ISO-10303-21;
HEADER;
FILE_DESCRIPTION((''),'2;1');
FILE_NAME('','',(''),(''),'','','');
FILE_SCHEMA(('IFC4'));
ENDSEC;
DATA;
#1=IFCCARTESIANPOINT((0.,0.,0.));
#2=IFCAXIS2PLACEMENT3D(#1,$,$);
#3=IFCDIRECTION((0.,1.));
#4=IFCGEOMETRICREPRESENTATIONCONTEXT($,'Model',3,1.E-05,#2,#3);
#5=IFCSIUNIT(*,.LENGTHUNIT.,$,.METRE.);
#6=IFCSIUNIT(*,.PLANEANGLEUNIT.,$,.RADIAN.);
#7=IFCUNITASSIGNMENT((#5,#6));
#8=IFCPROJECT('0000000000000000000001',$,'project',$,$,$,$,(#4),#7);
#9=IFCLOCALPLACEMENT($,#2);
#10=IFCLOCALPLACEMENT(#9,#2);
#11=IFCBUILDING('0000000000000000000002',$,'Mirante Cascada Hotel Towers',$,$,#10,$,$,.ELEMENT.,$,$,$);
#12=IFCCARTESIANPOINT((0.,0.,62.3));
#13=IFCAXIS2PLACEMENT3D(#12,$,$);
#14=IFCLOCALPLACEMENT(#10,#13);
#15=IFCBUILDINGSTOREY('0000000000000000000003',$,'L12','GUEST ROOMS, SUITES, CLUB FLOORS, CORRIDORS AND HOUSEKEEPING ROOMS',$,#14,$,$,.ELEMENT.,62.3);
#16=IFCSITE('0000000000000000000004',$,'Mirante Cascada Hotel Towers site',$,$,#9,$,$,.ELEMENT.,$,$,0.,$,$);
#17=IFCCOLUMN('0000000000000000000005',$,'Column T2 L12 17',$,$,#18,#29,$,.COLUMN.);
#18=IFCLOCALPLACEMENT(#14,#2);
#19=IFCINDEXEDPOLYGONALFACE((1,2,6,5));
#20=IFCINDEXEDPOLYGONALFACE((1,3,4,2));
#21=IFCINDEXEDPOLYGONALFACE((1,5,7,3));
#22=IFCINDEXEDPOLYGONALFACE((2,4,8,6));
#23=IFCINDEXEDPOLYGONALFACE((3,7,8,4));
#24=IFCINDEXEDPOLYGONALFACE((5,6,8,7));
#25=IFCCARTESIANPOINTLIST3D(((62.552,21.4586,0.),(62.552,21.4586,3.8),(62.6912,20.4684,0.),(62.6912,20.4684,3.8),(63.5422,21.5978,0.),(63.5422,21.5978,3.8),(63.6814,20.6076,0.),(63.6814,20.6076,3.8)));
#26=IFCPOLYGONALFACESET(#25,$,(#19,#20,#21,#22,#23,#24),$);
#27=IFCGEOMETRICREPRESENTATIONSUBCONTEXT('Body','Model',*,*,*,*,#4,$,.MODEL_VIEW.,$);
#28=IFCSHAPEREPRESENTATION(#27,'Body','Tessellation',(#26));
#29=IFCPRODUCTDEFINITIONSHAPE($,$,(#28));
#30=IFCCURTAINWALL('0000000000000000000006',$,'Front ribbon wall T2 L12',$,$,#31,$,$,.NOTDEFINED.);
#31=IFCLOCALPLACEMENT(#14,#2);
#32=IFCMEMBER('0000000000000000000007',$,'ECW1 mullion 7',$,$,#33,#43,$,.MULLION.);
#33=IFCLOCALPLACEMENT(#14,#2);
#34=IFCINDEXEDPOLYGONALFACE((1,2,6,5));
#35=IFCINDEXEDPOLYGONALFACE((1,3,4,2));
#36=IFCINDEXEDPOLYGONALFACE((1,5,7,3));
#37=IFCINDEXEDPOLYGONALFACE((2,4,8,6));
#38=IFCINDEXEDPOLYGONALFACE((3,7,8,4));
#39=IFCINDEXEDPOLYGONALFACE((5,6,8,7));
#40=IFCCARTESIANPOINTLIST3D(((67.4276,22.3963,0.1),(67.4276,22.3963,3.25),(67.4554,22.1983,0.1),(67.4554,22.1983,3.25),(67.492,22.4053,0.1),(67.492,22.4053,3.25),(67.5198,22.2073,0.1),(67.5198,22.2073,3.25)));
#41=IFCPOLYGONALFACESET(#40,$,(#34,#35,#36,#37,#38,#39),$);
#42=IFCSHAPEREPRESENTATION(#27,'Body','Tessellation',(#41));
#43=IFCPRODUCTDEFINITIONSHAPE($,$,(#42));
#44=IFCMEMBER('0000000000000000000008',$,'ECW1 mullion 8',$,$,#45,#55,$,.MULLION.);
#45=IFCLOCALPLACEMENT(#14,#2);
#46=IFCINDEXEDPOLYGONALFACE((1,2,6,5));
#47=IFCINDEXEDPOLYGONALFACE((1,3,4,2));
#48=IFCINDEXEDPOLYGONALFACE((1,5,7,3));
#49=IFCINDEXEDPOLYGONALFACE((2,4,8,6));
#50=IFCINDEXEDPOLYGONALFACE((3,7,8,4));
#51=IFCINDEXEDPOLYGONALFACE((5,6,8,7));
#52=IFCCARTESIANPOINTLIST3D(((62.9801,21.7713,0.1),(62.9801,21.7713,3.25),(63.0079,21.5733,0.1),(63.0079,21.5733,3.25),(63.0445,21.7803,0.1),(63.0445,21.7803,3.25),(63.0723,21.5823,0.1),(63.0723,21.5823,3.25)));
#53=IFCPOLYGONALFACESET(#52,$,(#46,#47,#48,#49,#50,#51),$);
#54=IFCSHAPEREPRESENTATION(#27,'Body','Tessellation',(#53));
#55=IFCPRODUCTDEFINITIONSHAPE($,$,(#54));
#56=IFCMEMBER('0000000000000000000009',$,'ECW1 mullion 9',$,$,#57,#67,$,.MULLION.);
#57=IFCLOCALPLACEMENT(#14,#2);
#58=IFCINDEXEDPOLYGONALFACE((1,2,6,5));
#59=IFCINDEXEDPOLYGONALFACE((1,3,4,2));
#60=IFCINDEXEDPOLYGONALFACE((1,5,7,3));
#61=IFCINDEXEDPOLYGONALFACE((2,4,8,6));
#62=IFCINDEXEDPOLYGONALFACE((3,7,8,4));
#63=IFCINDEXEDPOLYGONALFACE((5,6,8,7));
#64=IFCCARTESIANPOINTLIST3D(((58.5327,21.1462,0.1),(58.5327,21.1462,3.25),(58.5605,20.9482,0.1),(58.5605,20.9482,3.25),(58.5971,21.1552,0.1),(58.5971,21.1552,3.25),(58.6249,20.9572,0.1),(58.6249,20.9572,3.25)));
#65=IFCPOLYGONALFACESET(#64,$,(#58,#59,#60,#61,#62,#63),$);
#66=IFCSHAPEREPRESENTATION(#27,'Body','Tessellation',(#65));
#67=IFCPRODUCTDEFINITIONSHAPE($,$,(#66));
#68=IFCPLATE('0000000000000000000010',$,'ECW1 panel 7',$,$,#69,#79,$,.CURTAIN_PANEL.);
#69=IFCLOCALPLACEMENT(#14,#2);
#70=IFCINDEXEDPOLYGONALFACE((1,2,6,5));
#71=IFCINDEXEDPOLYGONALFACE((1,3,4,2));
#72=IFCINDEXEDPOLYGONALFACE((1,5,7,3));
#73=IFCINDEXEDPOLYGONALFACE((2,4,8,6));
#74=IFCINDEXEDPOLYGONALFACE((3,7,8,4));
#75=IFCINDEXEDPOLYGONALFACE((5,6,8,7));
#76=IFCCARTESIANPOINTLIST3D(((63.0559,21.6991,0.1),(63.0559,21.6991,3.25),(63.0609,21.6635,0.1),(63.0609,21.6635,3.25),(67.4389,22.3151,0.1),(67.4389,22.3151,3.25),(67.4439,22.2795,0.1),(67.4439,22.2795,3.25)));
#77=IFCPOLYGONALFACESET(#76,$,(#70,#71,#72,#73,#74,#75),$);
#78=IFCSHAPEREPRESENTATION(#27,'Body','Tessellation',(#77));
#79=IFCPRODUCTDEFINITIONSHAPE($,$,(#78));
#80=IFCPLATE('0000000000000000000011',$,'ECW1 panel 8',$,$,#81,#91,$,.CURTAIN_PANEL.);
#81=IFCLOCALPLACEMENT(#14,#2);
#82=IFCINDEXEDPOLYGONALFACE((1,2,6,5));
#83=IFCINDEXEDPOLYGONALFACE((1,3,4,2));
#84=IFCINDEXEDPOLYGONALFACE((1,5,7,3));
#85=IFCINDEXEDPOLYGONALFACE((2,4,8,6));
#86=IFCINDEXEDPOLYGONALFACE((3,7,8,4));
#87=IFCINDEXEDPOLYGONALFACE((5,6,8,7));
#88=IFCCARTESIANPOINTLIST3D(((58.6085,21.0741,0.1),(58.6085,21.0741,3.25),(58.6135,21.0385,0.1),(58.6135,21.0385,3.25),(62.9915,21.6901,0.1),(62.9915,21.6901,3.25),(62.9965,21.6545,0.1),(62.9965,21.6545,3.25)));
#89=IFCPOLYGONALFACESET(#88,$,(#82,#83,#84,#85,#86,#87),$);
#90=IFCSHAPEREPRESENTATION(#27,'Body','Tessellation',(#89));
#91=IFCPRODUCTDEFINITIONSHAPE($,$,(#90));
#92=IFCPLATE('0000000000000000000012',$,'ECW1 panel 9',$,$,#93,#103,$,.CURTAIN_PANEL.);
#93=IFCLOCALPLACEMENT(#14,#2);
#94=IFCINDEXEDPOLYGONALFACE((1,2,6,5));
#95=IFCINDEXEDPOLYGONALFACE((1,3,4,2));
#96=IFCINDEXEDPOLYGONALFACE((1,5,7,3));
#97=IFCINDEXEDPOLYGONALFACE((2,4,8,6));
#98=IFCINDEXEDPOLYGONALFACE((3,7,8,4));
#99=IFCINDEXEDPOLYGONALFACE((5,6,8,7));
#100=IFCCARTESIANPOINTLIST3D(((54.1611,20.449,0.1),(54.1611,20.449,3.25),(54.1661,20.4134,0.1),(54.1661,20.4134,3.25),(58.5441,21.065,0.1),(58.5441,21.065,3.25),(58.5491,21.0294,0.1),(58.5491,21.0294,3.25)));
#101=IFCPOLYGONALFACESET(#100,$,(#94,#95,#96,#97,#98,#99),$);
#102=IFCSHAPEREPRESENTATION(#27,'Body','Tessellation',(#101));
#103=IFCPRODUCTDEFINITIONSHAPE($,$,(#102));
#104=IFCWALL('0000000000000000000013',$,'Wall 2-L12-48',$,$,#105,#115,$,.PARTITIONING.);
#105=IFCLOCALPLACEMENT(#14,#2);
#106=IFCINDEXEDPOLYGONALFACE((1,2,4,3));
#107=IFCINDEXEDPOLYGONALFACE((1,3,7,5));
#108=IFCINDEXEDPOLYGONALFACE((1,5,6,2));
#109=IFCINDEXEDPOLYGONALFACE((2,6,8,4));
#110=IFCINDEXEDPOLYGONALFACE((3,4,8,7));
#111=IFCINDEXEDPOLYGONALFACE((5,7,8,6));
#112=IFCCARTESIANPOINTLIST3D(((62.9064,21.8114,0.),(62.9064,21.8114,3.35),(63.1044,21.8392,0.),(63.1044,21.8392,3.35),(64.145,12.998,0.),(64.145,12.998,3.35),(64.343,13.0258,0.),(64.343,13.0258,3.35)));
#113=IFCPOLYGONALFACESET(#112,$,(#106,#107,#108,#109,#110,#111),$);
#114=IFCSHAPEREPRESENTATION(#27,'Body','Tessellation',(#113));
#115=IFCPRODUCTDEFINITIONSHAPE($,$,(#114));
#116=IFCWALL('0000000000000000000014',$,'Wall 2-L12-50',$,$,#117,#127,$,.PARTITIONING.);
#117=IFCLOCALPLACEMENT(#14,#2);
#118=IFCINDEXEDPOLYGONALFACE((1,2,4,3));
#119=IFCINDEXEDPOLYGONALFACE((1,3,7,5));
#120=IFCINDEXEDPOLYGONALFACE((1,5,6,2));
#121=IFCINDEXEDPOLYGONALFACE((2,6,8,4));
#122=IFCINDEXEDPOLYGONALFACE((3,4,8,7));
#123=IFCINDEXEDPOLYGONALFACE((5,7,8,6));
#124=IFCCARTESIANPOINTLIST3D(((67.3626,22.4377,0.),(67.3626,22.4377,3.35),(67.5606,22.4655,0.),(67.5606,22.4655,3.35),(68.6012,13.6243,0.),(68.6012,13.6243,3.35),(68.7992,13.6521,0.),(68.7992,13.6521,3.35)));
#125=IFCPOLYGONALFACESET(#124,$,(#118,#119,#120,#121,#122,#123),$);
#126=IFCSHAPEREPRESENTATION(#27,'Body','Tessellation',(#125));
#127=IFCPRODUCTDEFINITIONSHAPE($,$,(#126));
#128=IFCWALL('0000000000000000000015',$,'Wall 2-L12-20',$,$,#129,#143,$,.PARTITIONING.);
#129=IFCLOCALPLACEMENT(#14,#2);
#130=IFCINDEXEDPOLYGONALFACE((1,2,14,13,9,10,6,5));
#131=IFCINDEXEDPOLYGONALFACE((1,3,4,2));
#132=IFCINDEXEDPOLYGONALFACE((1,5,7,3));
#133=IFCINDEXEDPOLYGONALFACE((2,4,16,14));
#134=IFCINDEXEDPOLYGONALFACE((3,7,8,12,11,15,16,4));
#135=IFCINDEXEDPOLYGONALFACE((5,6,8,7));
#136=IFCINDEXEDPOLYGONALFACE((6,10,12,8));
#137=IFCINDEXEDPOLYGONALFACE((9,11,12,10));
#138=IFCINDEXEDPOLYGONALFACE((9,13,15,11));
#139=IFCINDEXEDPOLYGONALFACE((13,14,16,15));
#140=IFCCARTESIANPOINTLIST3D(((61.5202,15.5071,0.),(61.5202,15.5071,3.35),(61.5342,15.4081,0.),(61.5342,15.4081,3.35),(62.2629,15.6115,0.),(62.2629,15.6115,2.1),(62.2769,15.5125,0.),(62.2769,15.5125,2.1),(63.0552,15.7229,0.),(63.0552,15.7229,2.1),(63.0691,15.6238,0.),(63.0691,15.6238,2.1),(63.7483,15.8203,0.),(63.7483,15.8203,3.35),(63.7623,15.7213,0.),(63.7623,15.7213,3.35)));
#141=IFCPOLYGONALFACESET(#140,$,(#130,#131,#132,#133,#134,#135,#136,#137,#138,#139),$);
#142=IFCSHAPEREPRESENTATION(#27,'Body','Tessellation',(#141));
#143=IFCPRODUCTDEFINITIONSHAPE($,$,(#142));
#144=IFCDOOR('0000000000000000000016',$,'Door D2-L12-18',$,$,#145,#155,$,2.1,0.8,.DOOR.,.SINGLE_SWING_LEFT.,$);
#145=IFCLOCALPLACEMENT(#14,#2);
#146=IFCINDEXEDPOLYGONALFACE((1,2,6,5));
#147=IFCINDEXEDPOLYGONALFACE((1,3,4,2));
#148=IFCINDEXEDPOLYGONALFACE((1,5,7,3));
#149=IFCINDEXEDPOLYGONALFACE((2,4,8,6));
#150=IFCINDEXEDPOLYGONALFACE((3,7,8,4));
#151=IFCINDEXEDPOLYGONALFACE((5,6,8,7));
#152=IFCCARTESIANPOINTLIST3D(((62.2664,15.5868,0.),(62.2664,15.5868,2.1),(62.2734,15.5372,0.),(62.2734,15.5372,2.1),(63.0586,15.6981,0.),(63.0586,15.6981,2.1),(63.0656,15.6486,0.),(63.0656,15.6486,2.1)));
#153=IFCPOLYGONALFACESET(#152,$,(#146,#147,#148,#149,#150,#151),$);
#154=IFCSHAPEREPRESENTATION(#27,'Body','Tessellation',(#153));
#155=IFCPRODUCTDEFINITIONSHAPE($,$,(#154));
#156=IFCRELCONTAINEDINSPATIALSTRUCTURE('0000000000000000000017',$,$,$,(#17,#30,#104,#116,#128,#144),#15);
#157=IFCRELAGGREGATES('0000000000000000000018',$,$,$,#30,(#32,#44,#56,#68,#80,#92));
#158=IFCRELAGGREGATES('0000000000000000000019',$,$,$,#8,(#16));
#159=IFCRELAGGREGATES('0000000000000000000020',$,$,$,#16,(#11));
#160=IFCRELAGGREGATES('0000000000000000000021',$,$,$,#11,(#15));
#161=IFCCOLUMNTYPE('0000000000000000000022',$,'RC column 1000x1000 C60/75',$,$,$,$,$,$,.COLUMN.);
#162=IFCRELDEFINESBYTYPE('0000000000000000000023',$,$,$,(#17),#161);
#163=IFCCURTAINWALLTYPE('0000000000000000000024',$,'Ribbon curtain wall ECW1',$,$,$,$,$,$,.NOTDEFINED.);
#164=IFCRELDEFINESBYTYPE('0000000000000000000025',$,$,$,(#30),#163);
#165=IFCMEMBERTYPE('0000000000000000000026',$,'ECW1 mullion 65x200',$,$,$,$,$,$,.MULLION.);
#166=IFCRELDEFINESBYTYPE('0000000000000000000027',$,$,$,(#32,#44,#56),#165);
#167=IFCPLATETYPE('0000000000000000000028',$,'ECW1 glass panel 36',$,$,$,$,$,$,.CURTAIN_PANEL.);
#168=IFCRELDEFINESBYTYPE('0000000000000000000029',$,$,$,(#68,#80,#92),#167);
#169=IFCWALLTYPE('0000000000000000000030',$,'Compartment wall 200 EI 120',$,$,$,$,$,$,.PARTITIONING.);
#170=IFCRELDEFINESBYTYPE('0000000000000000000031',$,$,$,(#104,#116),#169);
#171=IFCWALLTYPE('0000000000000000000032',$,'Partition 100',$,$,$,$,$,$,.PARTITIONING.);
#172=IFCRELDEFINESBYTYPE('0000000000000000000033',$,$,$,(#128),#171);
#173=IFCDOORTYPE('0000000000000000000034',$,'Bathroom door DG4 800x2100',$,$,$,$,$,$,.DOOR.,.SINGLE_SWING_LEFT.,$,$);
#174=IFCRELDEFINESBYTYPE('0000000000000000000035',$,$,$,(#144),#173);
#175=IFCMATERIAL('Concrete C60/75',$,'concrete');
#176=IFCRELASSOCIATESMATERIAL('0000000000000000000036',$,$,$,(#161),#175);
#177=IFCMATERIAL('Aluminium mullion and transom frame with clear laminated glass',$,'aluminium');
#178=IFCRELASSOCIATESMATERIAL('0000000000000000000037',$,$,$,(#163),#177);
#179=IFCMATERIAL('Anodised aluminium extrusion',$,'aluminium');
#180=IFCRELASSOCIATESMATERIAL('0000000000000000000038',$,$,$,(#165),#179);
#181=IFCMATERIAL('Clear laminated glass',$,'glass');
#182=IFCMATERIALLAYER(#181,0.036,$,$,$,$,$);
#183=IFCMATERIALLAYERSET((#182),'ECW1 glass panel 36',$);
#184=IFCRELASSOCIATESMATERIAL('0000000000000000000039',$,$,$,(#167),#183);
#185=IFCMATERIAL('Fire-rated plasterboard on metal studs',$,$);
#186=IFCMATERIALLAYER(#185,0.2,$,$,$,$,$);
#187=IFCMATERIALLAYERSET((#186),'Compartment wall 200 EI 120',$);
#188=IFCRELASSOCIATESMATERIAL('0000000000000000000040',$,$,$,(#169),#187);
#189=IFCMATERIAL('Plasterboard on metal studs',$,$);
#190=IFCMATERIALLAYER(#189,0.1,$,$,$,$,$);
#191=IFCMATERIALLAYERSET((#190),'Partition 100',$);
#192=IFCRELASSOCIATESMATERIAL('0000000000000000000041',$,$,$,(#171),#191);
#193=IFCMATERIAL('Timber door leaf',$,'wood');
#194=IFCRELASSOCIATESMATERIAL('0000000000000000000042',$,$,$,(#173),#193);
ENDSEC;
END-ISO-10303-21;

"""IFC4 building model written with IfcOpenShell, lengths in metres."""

from ifc_helpers import new_model, si_unit, direction, frame, frame_2d, origin, origin_2d, place, context, subcontext, project, spatial, rectangle, extrude, material, layer, layer_set, material_profile, profile_set, type_object, element, fill, aggregate, save


model = new_model("IFC4")

# Units and contexts
model_context = context("Model", 3, precision=1e-05, world=origin(), true_north=direction((0.0, 1.0)))
body_context = subcontext(model_context, "Body", "Model", "MODEL_VIEW")
ifc_project = project(units=[si_unit("LENGTHUNIT", "METRE"), si_unit("PLANEANGLEUNIT", "RADIAN")], contexts=[model_context])

# Site, building, storey
site_placement = place(None, origin())
site = spatial("IfcSite", under=ifc_project, at=site_placement, Name="Mirante Cascada Hotel Towers site", CompositionType="ELEMENT", RefElevation=0.0)
building_placement = place(site_placement, origin())
building = spatial("IfcBuilding", under=site, at=building_placement, Name="Mirante Cascada Hotel Towers", CompositionType="ELEMENT")
storey_placement = place(building_placement, frame((0.0, 0.0, 62.3)))
storey = spatial("IfcBuildingStorey", under=building, at=storey_placement, Name="L12", Description="GUEST ROOMS, SUITES, CLUB FLOORS, CORRIDORS AND HOUSEKEEPING ROOMS", CompositionType="ELEMENT", Elevation=62.3)

# Column
ifc_material_1 = material(Name="Concrete C60/75", Category="concrete")
ifc_material_profile_1 = material_profile(ifc_material_1, rectangle(XDim=1.0, YDim=1.0, at=origin_2d()), Name="RC column 1000x1000 C60/75")
ifc_profile_set_1 = profile_set([ifc_material_profile_1], Name="Concrete C60/75")
column_type = type_object("IfcColumnType", Name="RC column 1000x1000 C60/75", PredefinedType="COLUMN", material=ifc_profile_set_1)
column_placement = place(storey_placement, frame((63.1167, 21.0331, 0.0), z_axis=(0.0, 0.0, 1.0), x_axis=(0.990268, 0.139173, 0.0)))
element("IfcColumn", 1, at=column_placement, inside=storey, type_object=column_type, Name="Column T2 L12 17", PredefinedType="COLUMN", context=body_context, shape_type="SweptSolid", body=[
    extrude(rectangle(XDim=1.0, YDim=1.0, at=origin_2d()), origin(), (0.0, 0.0, 1.0), 3.8),
])

# Curtain wall, members, plates
ifc_material_2 = material(Name="Aluminium mullion and transom frame with clear laminated glass", Category="aluminium")
curtain_wall_type = type_object("IfcCurtainWallType", Name="Ribbon curtain wall ECW1", PredefinedType="NOTDEFINED", material=ifc_material_2)
curtain_wall_placement = place(storey_placement, origin())
curtain_wall = element("IfcCurtainWall", 2, at=curtain_wall_placement, inside=storey, type_object=curtain_wall_type, Name="Front ribbon wall T2 L12", PredefinedType="NOTDEFINED")
ifc_material_3 = material(Name="Anodised aluminium extrusion", Category="aluminium")
ifc_material_profile_2 = material_profile(ifc_material_3, rectangle(XDim=0.2, YDim=0.065, at=origin_2d()), Name="ECW1 MULLION 65x200")
ifc_profile_set_2 = profile_set([ifc_material_profile_2], Name="Anodised aluminium extrusion")
member_type = type_object("IfcMemberType", Name="ECW1 mullion 65x200", PredefinedType="MULLION", material=ifc_profile_set_2)
member_1_placement = place(storey_placement, frame((67.4737, 22.3018, 0.1), z_axis=(0.0, 0.0, 1.0), x_axis=(0.139173, -0.990268, 0.0)))
member_1 = element("IfcMember", 3, at=member_1_placement, type_object=member_type, Name="ECW1 mullion 7", PredefinedType="MULLION", context=body_context, shape_type="SweptSolid", body=[
    extrude(rectangle(XDim=0.2, YDim=0.065, at=origin_2d()), origin(), (0.0, 0.0, 1.0), 3.15),
])
member_2_placement = place(storey_placement, frame((63.0262, 21.6768, 0.1), z_axis=(0.0, 0.0, 1.0), x_axis=(0.139173, -0.990268, 0.0)))
member_2 = element("IfcMember", 4, at=member_2_placement, type_object=member_type, Name="ECW1 mullion 8", PredefinedType="MULLION", context=body_context, shape_type="SweptSolid", body=[
    extrude(rectangle(XDim=0.2, YDim=0.065, at=origin_2d()), origin(), (0.0, 0.0, 1.0), 3.15),
])
member_3_placement = place(storey_placement, frame((58.5788, 21.0517, 0.1), z_axis=(0.0, 0.0, 1.0), x_axis=(0.139173, -0.990268, 0.0)))
member_3 = element("IfcMember", 5, at=member_3_placement, type_object=member_type, Name="ECW1 mullion 9", PredefinedType="MULLION", context=body_context, shape_type="SweptSolid", body=[
    extrude(rectangle(XDim=0.2, YDim=0.065, at=origin_2d()), origin(), (0.0, 0.0, 1.0), 3.15),
])
ifc_material_4 = material(Name="Clear laminated glass", Category="glass")
ifc_layer_1 = layer(ifc_material_4, 0.036)
ifc_layer_set_1 = layer_set([ifc_layer_1], Name="ECW1 glass panel 36")
plate_type = type_object("IfcPlateType", Name="ECW1 glass panel 36", PredefinedType="CURTAIN_PANEL", material=ifc_layer_set_1)
plate_1_placement = place(storey_placement, frame((65.2499, 21.9893, 0.1), z_axis=(0.0, 0.0, 1.0), x_axis=(-0.990268, -0.139173, 0.0)))
plate_1 = element("IfcPlate", 6, at=plate_1_placement, type_object=plate_type, Name="ECW1 panel 7", PredefinedType="CURTAIN_PANEL", context=body_context, shape_type="SweptSolid", body=[
    extrude(rectangle(XDim=4.4261, YDim=0.036, at=origin_2d()), origin(), (0.0, 0.0, 1.0), 3.15),
])
plate_2_placement = place(storey_placement, frame((60.8025, 21.3643, 0.1), z_axis=(0.0, 0.0, 1.0), x_axis=(-0.990268, -0.139173, 0.0)))
plate_2 = element("IfcPlate", 7, at=plate_2_placement, type_object=plate_type, Name="ECW1 panel 8", PredefinedType="CURTAIN_PANEL", context=body_context, shape_type="SweptSolid", body=[
    extrude(rectangle(XDim=4.4261, YDim=0.036, at=origin_2d()), origin(), (0.0, 0.0, 1.0), 3.15),
])
plate_3_placement = place(storey_placement, frame((56.3551, 20.7392, 0.1), z_axis=(0.0, 0.0, 1.0), x_axis=(-0.990268, -0.139173, 0.0)))
plate_3 = element("IfcPlate", 8, at=plate_3_placement, type_object=plate_type, Name="ECW1 panel 9", PredefinedType="CURTAIN_PANEL", context=body_context, shape_type="SweptSolid", body=[
    extrude(rectangle(XDim=4.4261, YDim=0.036, at=origin_2d()), origin(), (0.0, 0.0, 1.0), 3.15),
])
aggregate(curtain_wall, [member_1, member_2, member_3, plate_1, plate_2, plate_3])

# Walls
ifc_material_5 = material(Name="Fire-rated plasterboard on metal studs")
ifc_layer_2 = layer(ifc_material_5, 0.2)
ifc_layer_set_2 = layer_set([ifc_layer_2], Name="Compartment wall 200 EI 120")
wall_type_1 = type_object("IfcWallType", Name="Compartment wall 200 EI 120", PredefinedType="PARTITIONING", material=ifc_layer_set_2)
for number, where, z_axis, x_axis, name in (
    (9, (63.0054, 21.8253, 0.0), (0.0, 0.0, 1.0), (0.139168, -0.990269, 0.0), "Wall 2-L12-48"),
    (10, (67.4616, 22.4516, 0.0), (0.0, 0.0, 1.0), (0.139168, -0.990269, 0.0), "Wall 2-L12-50"),
):
    element("IfcWall", number, at=place(storey_placement, frame(where, z_axis=z_axis, x_axis=x_axis)), inside=storey, type_object=wall_type_1, Name=name, PredefinedType="PARTITIONING", context=body_context, shape_type="SweptSolid", body=[
        extrude(rectangle(XDim=8.9, YDim=0.2, at=frame_2d((4.45, 0.0))), origin(), (0.0, 0.0, 1.0), 3.35),
    ])

# Wall, opening, door
ifc_material_6 = material(Name="Plasterboard on metal studs")
ifc_layer_3 = layer(ifc_material_6, 0.1)
ifc_layer_set_3 = layer_set([ifc_layer_3], Name="Partition 100")
wall_type_2 = type_object("IfcWallType", Name="Partition 100", PredefinedType="PARTITIONING", material=ifc_layer_set_3)
wall_1_placement = place(storey_placement, frame((63.7553, 15.7708, 0.0), z_axis=(0.0, 0.0, 1.0), x_axis=(-0.990264, -0.1392, 0.0)))
wall_1 = element("IfcWall", 11, at=wall_1_placement, inside=storey, type_object=wall_type_2, Name="Wall 2-L12-20", PredefinedType="PARTITIONING", context=body_context, shape_type="SweptSolid", body=[
    extrude(rectangle(XDim=2.25, YDim=0.1, at=frame_2d((1.125, 0.0))), origin(), (0.0, 0.0, 1.0), 3.35),
])
opening_1_placement = place(wall_1_placement, frame((0.7, 0.0, 0.0)))
opening_1 = element("IfcOpeningElement", 12, at=opening_1_placement, cuts=wall_1, PredefinedType="OPENING", context=body_context, shape_type="SweptSolid", body=[
    extrude(rectangle(XDim=0.8, YDim=2.1, at=frame_2d((0.4, 1.05))), frame((0.0, 0.05, 0.0), z_axis=(0.0, -1.0, 0.0), x_axis=(1.0, 0.0, 0.0)), (0.0, 0.0, 1.0), 0.1),
])
ifc_material_7 = material(Name="Timber door leaf", Category="wood")
door_type = type_object("IfcDoorType", Name="Bathroom door DG4 800x2100", OperationType="SINGLE_SWING_LEFT", PredefinedType="DOOR", material=ifc_material_7)
door_1_placement = place(opening_1_placement, origin())
door_1 = element("IfcDoor", 13, at=door_1_placement, inside=storey, type_object=door_type, Name="Door D2-L12-18", OperationType="SINGLE_SWING_LEFT", OverallHeight=2.1, OverallWidth=0.8, PredefinedType="DOOR", context=body_context, shape_type="SweptSolid", body=[
    extrude(rectangle(XDim=0.8, YDim=2.1, at=frame_2d((0.4, 1.05))), frame((0.0, 0.025, 0.0), z_axis=(0.0, -1.0, 0.0), x_axis=(1.0, 0.0, 0.0)), (0.0, 0.0, 1.0), 0.05),
])
fill(opening_1, door_1)

save(model, "model.ifc")
